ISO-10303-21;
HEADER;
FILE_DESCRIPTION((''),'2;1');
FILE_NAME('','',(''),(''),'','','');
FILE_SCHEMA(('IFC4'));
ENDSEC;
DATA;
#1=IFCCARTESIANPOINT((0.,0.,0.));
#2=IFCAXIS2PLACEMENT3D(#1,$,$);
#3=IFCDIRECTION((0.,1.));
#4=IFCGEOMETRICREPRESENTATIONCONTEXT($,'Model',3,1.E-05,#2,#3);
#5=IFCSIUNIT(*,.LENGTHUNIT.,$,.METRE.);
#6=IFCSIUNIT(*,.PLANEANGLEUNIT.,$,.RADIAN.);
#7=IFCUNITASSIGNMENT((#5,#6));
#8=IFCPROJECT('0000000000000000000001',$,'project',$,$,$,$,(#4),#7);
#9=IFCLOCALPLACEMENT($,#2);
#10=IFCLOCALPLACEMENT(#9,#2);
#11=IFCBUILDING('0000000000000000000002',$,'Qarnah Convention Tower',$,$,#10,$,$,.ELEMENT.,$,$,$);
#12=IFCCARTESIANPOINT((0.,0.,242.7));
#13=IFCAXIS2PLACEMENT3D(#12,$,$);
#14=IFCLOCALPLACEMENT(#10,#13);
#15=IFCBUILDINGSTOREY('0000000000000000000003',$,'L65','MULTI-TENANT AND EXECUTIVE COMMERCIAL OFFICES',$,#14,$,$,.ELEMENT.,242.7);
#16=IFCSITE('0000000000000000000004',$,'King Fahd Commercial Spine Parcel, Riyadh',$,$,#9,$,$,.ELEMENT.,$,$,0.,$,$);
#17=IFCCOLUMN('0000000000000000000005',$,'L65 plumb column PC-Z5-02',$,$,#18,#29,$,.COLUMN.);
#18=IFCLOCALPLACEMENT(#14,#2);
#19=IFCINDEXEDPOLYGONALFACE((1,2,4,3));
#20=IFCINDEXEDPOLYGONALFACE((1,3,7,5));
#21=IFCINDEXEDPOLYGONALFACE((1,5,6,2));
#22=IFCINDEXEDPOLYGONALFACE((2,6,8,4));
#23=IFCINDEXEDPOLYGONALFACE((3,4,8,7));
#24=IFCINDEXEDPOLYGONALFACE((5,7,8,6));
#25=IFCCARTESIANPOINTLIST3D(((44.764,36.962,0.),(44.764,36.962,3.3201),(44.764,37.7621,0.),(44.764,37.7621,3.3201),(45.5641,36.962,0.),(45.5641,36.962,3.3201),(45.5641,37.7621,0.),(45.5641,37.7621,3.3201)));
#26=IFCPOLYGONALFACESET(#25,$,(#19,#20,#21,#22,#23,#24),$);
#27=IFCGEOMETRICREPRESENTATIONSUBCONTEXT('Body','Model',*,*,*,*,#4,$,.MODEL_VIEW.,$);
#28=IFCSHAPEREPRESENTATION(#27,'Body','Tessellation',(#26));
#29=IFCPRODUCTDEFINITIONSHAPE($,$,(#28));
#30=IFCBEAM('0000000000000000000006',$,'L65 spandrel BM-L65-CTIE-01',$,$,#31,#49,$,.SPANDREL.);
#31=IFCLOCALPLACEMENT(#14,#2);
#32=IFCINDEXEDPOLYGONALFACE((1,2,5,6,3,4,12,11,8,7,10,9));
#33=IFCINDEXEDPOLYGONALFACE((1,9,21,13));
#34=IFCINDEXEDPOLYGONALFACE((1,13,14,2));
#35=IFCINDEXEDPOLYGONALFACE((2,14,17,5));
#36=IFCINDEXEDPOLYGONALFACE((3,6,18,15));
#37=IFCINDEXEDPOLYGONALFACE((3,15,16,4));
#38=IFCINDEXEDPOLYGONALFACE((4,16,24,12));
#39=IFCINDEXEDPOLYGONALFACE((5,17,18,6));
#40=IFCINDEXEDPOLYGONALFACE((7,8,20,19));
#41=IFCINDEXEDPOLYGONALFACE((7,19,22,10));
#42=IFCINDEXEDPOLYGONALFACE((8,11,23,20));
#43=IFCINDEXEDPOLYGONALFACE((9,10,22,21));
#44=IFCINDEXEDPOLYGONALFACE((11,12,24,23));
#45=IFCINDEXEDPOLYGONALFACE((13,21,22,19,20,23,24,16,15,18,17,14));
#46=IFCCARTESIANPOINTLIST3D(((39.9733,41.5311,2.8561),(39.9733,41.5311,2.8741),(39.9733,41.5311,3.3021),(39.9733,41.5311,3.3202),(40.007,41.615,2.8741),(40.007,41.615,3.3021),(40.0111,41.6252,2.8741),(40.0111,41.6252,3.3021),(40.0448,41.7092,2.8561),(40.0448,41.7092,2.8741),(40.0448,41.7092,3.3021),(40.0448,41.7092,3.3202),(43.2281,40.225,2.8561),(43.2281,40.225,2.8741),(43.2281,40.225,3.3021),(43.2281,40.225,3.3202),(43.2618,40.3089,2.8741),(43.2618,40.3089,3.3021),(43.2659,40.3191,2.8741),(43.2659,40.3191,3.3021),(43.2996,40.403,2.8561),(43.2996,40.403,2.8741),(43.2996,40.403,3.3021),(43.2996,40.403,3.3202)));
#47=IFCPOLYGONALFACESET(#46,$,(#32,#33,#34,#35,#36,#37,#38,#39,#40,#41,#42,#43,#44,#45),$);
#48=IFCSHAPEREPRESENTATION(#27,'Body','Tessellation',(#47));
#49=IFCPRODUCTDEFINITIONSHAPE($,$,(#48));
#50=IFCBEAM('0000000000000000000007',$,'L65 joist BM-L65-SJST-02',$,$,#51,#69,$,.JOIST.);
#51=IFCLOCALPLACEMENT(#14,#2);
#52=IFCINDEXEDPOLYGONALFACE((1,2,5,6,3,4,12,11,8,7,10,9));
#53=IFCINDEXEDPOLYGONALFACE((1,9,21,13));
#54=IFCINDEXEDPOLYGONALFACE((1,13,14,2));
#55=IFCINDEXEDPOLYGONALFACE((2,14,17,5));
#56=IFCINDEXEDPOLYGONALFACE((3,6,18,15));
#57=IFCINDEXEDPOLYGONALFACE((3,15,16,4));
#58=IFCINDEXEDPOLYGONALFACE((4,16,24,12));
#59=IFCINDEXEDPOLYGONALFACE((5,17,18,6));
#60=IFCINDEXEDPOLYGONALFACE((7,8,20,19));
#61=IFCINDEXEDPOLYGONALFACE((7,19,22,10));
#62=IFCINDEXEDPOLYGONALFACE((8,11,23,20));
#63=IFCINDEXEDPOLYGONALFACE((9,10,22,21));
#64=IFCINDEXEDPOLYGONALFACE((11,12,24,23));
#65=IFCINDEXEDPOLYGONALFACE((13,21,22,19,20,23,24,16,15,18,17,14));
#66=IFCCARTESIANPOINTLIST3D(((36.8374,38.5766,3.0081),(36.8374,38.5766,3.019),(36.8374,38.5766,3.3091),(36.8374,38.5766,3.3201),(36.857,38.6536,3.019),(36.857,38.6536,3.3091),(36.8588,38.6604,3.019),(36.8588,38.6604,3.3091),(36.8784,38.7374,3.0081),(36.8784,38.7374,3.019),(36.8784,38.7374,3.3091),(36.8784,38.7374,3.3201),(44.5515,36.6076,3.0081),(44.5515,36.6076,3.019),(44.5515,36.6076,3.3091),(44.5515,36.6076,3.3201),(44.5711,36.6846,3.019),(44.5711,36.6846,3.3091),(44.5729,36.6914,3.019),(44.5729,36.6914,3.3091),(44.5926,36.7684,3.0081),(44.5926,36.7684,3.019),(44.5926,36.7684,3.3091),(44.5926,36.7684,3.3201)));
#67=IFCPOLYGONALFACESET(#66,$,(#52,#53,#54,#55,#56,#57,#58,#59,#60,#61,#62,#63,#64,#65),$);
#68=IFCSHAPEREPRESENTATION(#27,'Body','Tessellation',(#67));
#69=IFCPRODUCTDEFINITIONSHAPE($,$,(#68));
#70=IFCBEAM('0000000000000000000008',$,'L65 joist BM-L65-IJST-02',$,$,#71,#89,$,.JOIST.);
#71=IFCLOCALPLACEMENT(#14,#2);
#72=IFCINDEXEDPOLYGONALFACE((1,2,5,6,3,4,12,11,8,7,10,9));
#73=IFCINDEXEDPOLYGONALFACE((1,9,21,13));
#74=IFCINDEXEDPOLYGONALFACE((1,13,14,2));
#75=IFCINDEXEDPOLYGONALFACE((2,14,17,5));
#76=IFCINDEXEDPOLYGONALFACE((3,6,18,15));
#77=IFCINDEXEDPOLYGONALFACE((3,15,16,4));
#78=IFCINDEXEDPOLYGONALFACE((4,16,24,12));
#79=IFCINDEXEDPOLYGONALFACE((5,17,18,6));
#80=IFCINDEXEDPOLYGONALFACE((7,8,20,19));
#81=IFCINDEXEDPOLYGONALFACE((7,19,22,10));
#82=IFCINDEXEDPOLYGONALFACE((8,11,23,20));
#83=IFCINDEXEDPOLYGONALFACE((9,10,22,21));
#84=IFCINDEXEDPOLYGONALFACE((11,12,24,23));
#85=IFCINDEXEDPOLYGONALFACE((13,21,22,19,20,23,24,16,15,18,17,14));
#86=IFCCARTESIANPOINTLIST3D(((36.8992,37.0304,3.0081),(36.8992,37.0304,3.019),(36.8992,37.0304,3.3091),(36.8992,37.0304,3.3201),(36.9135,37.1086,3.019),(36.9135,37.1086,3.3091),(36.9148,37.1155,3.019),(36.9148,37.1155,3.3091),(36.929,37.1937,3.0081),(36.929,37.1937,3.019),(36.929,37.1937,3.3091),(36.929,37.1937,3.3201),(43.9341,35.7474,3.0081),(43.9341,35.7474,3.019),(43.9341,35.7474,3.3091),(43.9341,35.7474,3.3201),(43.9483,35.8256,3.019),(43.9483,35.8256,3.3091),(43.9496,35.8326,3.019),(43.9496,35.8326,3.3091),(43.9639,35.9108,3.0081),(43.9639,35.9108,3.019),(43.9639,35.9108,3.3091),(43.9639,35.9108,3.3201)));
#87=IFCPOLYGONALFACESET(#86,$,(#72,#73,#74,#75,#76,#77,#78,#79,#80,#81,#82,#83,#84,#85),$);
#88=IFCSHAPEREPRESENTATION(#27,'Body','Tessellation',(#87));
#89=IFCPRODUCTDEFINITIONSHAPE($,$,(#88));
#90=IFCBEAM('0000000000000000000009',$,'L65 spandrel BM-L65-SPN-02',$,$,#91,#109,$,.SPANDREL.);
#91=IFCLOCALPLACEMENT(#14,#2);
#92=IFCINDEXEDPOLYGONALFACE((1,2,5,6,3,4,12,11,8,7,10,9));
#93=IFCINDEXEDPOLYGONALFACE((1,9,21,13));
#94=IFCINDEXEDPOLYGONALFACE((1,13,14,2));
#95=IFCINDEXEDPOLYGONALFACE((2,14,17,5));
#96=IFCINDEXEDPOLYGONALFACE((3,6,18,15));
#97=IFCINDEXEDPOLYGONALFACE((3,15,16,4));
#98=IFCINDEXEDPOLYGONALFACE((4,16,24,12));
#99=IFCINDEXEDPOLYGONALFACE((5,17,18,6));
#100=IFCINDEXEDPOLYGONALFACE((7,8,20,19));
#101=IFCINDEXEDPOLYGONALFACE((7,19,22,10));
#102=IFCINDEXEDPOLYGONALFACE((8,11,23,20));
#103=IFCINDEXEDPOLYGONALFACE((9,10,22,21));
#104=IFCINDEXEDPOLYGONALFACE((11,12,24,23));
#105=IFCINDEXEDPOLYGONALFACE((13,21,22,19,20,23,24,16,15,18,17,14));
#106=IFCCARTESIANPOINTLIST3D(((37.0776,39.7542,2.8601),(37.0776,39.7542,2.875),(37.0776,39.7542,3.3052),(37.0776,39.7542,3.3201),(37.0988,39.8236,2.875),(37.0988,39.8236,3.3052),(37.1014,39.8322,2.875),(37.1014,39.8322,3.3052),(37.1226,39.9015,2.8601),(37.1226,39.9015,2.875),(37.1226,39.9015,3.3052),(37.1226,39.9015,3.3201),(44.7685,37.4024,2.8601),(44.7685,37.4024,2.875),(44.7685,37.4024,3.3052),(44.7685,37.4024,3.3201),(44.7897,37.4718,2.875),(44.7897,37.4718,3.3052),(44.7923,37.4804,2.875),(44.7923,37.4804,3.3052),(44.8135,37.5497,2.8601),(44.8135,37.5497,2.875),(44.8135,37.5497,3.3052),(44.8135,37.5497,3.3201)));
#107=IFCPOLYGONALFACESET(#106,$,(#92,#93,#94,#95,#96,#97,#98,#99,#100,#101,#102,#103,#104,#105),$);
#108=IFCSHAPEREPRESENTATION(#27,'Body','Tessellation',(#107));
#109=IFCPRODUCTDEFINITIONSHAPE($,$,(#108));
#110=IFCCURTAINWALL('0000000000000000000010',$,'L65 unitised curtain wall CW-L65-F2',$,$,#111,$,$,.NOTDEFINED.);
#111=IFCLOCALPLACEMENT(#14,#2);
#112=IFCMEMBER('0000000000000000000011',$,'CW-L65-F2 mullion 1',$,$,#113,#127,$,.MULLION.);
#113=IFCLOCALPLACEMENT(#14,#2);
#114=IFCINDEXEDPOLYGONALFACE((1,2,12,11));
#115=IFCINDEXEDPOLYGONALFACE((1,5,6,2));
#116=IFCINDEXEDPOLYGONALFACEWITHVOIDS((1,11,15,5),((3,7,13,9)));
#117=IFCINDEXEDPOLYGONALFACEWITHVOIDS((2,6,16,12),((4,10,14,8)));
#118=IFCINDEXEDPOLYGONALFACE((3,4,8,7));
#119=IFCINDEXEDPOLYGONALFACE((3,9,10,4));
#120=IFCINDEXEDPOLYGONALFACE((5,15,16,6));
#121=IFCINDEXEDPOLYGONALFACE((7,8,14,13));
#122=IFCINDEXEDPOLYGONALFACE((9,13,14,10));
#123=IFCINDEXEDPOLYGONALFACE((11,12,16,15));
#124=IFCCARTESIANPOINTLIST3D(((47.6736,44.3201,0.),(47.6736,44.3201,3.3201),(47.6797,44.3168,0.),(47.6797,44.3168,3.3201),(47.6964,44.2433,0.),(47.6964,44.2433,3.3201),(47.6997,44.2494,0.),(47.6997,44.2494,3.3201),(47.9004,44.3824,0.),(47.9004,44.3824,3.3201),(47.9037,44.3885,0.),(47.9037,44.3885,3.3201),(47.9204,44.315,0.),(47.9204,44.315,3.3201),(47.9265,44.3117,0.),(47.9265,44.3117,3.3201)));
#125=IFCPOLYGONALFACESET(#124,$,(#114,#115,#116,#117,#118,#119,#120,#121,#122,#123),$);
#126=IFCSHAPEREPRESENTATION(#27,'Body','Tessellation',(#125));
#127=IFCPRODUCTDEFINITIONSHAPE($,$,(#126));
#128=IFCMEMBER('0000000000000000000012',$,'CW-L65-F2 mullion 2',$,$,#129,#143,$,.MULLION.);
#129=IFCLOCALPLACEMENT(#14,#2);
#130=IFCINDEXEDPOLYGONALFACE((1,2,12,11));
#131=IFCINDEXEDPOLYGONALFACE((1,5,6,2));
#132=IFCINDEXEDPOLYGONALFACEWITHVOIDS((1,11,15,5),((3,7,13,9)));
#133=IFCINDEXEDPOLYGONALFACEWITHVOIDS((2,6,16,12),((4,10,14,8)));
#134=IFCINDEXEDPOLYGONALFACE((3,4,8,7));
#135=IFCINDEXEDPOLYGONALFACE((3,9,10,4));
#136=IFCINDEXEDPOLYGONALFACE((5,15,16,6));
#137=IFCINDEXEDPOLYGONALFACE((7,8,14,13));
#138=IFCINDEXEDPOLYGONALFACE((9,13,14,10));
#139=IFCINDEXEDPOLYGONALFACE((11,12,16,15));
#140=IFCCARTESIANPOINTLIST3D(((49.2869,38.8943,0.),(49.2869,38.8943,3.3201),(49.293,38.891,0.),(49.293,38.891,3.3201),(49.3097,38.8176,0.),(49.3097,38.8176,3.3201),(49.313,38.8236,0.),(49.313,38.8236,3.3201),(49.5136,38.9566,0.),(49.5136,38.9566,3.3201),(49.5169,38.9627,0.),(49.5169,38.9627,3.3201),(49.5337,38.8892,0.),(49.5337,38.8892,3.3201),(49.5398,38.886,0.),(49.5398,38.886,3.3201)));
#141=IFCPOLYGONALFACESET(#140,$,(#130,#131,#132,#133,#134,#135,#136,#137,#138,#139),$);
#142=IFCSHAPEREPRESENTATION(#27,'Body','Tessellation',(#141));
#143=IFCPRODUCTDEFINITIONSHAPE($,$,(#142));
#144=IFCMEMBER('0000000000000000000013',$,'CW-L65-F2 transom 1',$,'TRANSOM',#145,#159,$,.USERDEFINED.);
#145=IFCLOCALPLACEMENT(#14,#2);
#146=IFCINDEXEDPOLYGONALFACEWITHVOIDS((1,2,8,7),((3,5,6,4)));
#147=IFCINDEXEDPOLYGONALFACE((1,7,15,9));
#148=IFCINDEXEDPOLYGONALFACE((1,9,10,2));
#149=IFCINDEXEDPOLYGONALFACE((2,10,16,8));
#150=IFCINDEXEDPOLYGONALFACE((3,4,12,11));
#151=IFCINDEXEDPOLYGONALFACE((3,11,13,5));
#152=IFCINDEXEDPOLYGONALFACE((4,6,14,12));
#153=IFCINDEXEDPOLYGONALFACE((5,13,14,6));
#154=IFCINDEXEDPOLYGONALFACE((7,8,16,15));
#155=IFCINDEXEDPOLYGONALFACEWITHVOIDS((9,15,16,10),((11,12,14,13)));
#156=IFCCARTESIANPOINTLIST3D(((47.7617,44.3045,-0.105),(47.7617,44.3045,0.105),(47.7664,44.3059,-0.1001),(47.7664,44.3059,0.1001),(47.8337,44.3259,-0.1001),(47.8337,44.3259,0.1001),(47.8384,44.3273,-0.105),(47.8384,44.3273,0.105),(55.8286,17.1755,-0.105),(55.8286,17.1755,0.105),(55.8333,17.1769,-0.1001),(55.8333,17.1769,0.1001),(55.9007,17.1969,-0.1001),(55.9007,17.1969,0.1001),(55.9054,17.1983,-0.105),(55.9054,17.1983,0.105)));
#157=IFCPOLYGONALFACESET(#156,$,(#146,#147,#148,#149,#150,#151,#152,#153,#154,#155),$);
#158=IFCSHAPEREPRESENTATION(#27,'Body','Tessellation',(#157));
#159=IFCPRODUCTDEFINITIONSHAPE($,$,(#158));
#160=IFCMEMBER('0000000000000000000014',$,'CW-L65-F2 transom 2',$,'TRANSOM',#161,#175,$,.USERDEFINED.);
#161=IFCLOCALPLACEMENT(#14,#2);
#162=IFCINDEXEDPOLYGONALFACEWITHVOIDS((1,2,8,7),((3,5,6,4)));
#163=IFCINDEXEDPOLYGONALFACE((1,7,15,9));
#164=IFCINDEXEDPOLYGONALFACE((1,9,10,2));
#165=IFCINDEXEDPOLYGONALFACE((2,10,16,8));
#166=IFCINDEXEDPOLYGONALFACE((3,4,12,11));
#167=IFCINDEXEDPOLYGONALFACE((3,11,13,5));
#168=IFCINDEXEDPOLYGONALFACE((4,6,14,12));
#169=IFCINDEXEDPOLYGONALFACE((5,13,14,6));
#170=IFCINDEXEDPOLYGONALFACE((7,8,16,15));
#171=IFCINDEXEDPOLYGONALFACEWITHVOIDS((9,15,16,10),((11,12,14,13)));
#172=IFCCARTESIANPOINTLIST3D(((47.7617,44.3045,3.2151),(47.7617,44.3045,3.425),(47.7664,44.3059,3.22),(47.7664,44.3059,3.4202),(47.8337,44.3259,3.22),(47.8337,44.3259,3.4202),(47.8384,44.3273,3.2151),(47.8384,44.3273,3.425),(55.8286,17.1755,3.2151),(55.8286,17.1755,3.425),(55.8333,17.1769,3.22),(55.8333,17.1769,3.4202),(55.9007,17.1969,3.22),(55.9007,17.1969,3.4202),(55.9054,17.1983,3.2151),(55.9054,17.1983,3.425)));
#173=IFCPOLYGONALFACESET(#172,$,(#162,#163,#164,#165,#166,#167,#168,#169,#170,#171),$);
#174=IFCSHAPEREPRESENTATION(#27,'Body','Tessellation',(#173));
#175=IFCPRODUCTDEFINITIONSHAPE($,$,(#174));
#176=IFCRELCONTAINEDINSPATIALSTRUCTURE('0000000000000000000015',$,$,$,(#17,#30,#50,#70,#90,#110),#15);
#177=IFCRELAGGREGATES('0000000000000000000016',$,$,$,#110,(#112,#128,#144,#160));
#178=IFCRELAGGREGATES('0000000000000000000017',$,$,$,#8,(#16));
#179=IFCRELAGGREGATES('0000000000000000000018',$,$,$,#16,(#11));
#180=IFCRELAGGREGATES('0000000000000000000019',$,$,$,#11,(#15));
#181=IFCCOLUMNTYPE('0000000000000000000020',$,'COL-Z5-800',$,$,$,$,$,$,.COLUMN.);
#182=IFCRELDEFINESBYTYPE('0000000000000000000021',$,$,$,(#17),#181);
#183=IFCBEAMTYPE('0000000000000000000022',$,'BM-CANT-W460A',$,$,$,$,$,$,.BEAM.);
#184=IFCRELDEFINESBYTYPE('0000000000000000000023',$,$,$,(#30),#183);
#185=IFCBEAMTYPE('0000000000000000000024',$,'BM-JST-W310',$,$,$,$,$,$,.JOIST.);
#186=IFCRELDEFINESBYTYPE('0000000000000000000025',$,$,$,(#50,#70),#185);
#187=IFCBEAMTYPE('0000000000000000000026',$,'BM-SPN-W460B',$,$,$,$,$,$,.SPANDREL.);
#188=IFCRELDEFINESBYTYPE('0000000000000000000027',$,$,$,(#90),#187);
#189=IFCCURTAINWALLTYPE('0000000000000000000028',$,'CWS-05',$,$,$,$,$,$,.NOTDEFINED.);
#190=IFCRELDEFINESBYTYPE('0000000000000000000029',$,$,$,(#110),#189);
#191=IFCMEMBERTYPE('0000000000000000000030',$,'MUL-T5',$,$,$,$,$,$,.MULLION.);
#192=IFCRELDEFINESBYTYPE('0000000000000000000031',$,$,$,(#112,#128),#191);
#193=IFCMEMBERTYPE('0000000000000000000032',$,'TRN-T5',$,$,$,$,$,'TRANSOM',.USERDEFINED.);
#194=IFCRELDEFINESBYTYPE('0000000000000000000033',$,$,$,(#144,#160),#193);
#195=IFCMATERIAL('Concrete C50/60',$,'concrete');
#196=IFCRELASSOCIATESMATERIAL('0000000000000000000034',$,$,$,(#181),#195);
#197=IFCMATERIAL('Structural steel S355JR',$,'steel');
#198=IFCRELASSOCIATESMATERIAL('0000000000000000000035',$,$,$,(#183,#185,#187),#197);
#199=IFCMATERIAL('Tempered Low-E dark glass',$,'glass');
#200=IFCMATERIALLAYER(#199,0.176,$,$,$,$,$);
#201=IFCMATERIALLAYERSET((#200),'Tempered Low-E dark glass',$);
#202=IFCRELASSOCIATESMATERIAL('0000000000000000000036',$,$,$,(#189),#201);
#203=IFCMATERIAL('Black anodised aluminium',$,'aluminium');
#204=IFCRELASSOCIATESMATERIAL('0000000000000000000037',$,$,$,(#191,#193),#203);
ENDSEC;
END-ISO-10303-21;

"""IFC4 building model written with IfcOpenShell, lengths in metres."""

from ifc_helpers import new_model, si_unit, direction, frame, origin, origin_2d, place, context, subcontext, project, spatial, rectangle, hollow_rectangle, i_section, extrude, material, layer, layer_set, material_profile, profile_set, type_object, element, aggregate, save


model = new_model("IFC4")

# Units and contexts
model_context = context("Model", 3, precision=1e-05, world=origin(), true_north=direction((0.0, 1.0)))
body_context = subcontext(model_context, "Body", "Model", "MODEL_VIEW")
ifc_project = project(units=[si_unit("LENGTHUNIT", "METRE"), si_unit("PLANEANGLEUNIT", "RADIAN")], contexts=[model_context])

# Site, building, storey
site_placement = place(None, origin())
site = spatial("IfcSite", under=ifc_project, at=site_placement, Name="King Fahd Commercial Spine Parcel, Riyadh", CompositionType="ELEMENT", RefElevation=0.0)
building_placement = place(site_placement, origin())
building = spatial("IfcBuilding", under=site, at=building_placement, Name="Qarnah Convention Tower", CompositionType="ELEMENT")
storey_placement = place(building_placement, frame((0.0, 0.0, 242.7)))
storey = spatial("IfcBuildingStorey", under=building, at=storey_placement, Name="L65", Description="MULTI-TENANT AND EXECUTIVE COMMERCIAL OFFICES", CompositionType="ELEMENT", Elevation=242.7)

# Column
ifc_material_1 = material(Name="Concrete C50/60", Category="concrete")
ifc_material_profile_1 = material_profile(ifc_material_1, rectangle(XDim=0.8, YDim=0.8, at=origin_2d()), Name="RC-COL-800X800")
ifc_profile_set_1 = profile_set([ifc_material_profile_1], Name="Concrete C50/60")
column_type = type_object("IfcColumnType", Name="COL-Z5-800", PredefinedType="COLUMN", material=ifc_profile_set_1)
column_placement = place(storey_placement, frame((45.1641, 37.3621, 0.0), z_axis=(0.0, 0.0, 1.0), x_axis=(1.0, 0.0, 0.0)))
element("IfcColumn", 1, at=column_placement, inside=storey, type_object=column_type, Name="L65 plumb column PC-Z5-02", PredefinedType="COLUMN", context=body_context, shape_type="SweptSolid", body=[
    extrude(rectangle(XDim=0.8, YDim=0.8, at=origin_2d()), origin(), (0.0, 0.0, 1.0), 3.3201),
])

# Beams
ifc_material_2 = material(Name="Structural steel S355JR", Category="steel")
ifc_material_profile_2 = material_profile(ifc_material_2, i_section(OverallWidth=0.1919, OverallDepth=0.4641, WebThickness=0.011, FlangeThickness=0.0181, at=origin_2d()), Name="W460X89")
ifc_profile_set_2 = profile_set([ifc_material_profile_2], Name="Structural steel S355JR")
beam_type_1 = type_object("IfcBeamType", Name="BM-CANT-W460A", PredefinedType="BEAM", material=ifc_profile_set_2)
beam_1_placement = place(storey_placement, frame((40.009, 41.6201, 3.0881), z_axis=(0.928063, -0.372423, 0.0), x_axis=(0.372423, 0.928063, 0.0)))
element("IfcBeam", 2, at=beam_1_placement, inside=storey, type_object=beam_type_1, Name="L65 spandrel BM-L65-CTIE-01", PredefinedType="SPANDREL", context=body_context, shape_type="SweptSolid", body=[
    extrude(i_section(OverallWidth=0.1919, OverallDepth=0.4641, WebThickness=0.011, FlangeThickness=0.0181, at=origin_2d()), origin(), (0.0, 0.0, 1.0), 3.5071),
])
ifc_material_profile_3 = material_profile(ifc_material_2, i_section(OverallWidth=0.166, OverallDepth=0.312, WebThickness=0.0071, FlangeThickness=0.011, at=origin_2d()), Name="W310X45")
ifc_profile_set_3 = profile_set([ifc_material_profile_3], Name="Structural steel S355JR")
beam_type_2 = type_object("IfcBeamType", Name="BM-JST-W310", PredefinedType="JOIST", material=ifc_profile_set_3)
beam_2_placement = place(storey_placement, frame((44.572, 36.688, 3.1641), z_axis=(-0.968935, 0.247316, 0.0), x_axis=(-0.247316, -0.968935, 0.0)))
element("IfcBeam", 3, at=beam_2_placement, inside=storey, type_object=beam_type_2, Name="L65 joist BM-L65-SJST-02", PredefinedType="JOIST", context=body_context, shape_type="SweptSolid", body=[
    extrude(i_section(OverallWidth=0.166, OverallDepth=0.312, WebThickness=0.0071, FlangeThickness=0.011, at=origin_2d()), origin(), (0.0, 0.0, 1.0), 7.9614),
])
beam_3_placement = place(storey_placement, frame((43.949, 35.8291, 3.1641), z_axis=(-0.983774, 0.179411, 0.0), x_axis=(-0.179411, -0.983774, 0.0)))
element("IfcBeam", 4, at=beam_3_placement, inside=storey, type_object=beam_type_2, Name="L65 joist BM-L65-IJST-02", PredefinedType="JOIST", context=body_context, shape_type="SweptSolid", body=[
    extrude(i_section(OverallWidth=0.166, OverallDepth=0.312, WebThickness=0.0071, FlangeThickness=0.011, at=origin_2d()), origin(), (0.0, 0.0, 1.0), 7.1509),
])
ifc_material_profile_4 = material_profile(ifc_material_2, i_section(OverallWidth=0.1541, OverallDepth=0.46, WebThickness=0.009, FlangeThickness=0.0149, at=origin_2d()), Name="W460X68")
ifc_profile_set_4 = profile_set([ifc_material_profile_4], Name="Structural steel S355JR")
beam_type_3 = type_object("IfcBeamType", Name="BM-SPN-W460B", PredefinedType="SPANDREL", material=ifc_profile_set_4)
beam_4_placement = place(storey_placement, frame((44.791, 37.4761, 3.0901), z_axis=(-0.956289, 0.292424, 0.0), x_axis=(-0.292424, -0.956289, 0.0)))
element("IfcBeam", 5, at=beam_4_placement, inside=storey, type_object=beam_type_3, Name="L65 spandrel BM-L65-SPN-02", PredefinedType="SPANDREL", context=body_context, shape_type="SweptSolid", body=[
    extrude(i_section(OverallWidth=0.1541, OverallDepth=0.46, WebThickness=0.009, FlangeThickness=0.0149, at=origin_2d()), origin(), (0.0, 0.0, 1.0), 8.0425),
])

# Curtain wall, members
ifc_material_3 = material(Name="Tempered Low-E dark glass", Category="glass")
ifc_layer_1 = layer(ifc_material_3, 0.176)
ifc_layer_set_1 = layer_set([ifc_layer_1], Name="Tempered Low-E dark glass")
curtain_wall_type = type_object("IfcCurtainWallType", Name="CWS-05", PredefinedType="NOTDEFINED", material=ifc_layer_set_1)
curtain_wall_placement = place(storey_placement, origin())
curtain_wall = element("IfcCurtainWall", 6, at=curtain_wall_placement, inside=storey, type_object=curtain_wall_type, Name="L65 unitised curtain wall CW-L65-F2", PredefinedType="NOTDEFINED")
ifc_material_4 = material(Name="Black anodised aluminium", Category="aluminium")
ifc_material_profile_5 = material_profile(ifc_material_4, hollow_rectangle(XDim=0.0801, YDim=0.24, WallThickness=0.0049, at=origin_2d()), Name="MUL-80X240")
ifc_profile_set_5 = profile_set([ifc_material_profile_5], Name="Black anodised aluminium")
member_type_1 = type_object("IfcMemberType", Name="MUL-T5", PredefinedType="MULLION", material=ifc_profile_set_5)
member_1_placement = place(storey_placement, frame((47.8, 44.3159, 0.0), z_axis=(0.0, 0.0, 1.0), x_axis=(0.285023, -0.958521, 0.0)))
member_1 = element("IfcMember", 7, at=member_1_placement, type_object=member_type_1, Name="CW-L65-F2 mullion 1", PredefinedType="MULLION", context=body_context, shape_type="SweptSolid", body=[
    extrude(hollow_rectangle(XDim=0.0801, YDim=0.24, WallThickness=0.0049, at=origin_2d()), origin(), (0.0, 0.0, 1.0), 3.3201),
])
member_2_placement = place(storey_placement, frame((49.4133, 38.8901, 0.0), z_axis=(0.0, 0.0, 1.0), x_axis=(0.285023, -0.958521, 0.0)))
member_2 = element("IfcMember", 8, at=member_2_placement, type_object=member_type_1, Name="CW-L65-F2 mullion 2", PredefinedType="MULLION", context=body_context, shape_type="SweptSolid", body=[
    extrude(hollow_rectangle(XDim=0.0801, YDim=0.24, WallThickness=0.0049, at=origin_2d()), origin(), (0.0, 0.0, 1.0), 3.3201),
])
ifc_material_profile_6 = material_profile(ifc_material_4, hollow_rectangle(XDim=0.0801, YDim=0.21, WallThickness=0.0049, at=origin_2d()), Name="TRN-80X210")
ifc_profile_set_6 = profile_set([ifc_material_profile_6], Name="Black anodised aluminium")
member_type_2 = type_object("IfcMemberType", Name="TRN-T5", ElementType="TRANSOM", PredefinedType="USERDEFINED", material=ifc_profile_set_6)
member_3_placement = place(storey_placement, frame((47.8, 44.3159, 0.0), z_axis=(0.28502, -0.958521, 0.0), x_axis=(0.958521, 0.28502, 0.0)))
member_3 = element("IfcMember", 9, at=member_3_placement, type_object=member_type_2, Name="CW-L65-F2 transom 1", ObjectType="TRANSOM", PredefinedType="USERDEFINED", context=body_context, shape_type="SweptSolid", body=[
    extrude(hollow_rectangle(XDim=0.0801, YDim=0.21, WallThickness=0.0049, at=origin_2d()), origin(), (0.0, 0.0, 1.0), 28.303),
])
member_4_placement = place(storey_placement, frame((47.8, 44.3159, 3.3201), z_axis=(0.28502, -0.958521, 0.0), x_axis=(0.958521, 0.28502, 0.0)))
member_4 = element("IfcMember", 10, at=member_4_placement, type_object=member_type_2, Name="CW-L65-F2 transom 2", ObjectType="TRANSOM", PredefinedType="USERDEFINED", context=body_context, shape_type="SweptSolid", body=[
    extrude(hollow_rectangle(XDim=0.0801, YDim=0.21, WallThickness=0.0049, at=origin_2d()), origin(), (0.0, 0.0, 1.0), 28.303),
])
aggregate(curtain_wall, [member_1, member_2, member_3, member_4])

save(model, "model.ifc")
